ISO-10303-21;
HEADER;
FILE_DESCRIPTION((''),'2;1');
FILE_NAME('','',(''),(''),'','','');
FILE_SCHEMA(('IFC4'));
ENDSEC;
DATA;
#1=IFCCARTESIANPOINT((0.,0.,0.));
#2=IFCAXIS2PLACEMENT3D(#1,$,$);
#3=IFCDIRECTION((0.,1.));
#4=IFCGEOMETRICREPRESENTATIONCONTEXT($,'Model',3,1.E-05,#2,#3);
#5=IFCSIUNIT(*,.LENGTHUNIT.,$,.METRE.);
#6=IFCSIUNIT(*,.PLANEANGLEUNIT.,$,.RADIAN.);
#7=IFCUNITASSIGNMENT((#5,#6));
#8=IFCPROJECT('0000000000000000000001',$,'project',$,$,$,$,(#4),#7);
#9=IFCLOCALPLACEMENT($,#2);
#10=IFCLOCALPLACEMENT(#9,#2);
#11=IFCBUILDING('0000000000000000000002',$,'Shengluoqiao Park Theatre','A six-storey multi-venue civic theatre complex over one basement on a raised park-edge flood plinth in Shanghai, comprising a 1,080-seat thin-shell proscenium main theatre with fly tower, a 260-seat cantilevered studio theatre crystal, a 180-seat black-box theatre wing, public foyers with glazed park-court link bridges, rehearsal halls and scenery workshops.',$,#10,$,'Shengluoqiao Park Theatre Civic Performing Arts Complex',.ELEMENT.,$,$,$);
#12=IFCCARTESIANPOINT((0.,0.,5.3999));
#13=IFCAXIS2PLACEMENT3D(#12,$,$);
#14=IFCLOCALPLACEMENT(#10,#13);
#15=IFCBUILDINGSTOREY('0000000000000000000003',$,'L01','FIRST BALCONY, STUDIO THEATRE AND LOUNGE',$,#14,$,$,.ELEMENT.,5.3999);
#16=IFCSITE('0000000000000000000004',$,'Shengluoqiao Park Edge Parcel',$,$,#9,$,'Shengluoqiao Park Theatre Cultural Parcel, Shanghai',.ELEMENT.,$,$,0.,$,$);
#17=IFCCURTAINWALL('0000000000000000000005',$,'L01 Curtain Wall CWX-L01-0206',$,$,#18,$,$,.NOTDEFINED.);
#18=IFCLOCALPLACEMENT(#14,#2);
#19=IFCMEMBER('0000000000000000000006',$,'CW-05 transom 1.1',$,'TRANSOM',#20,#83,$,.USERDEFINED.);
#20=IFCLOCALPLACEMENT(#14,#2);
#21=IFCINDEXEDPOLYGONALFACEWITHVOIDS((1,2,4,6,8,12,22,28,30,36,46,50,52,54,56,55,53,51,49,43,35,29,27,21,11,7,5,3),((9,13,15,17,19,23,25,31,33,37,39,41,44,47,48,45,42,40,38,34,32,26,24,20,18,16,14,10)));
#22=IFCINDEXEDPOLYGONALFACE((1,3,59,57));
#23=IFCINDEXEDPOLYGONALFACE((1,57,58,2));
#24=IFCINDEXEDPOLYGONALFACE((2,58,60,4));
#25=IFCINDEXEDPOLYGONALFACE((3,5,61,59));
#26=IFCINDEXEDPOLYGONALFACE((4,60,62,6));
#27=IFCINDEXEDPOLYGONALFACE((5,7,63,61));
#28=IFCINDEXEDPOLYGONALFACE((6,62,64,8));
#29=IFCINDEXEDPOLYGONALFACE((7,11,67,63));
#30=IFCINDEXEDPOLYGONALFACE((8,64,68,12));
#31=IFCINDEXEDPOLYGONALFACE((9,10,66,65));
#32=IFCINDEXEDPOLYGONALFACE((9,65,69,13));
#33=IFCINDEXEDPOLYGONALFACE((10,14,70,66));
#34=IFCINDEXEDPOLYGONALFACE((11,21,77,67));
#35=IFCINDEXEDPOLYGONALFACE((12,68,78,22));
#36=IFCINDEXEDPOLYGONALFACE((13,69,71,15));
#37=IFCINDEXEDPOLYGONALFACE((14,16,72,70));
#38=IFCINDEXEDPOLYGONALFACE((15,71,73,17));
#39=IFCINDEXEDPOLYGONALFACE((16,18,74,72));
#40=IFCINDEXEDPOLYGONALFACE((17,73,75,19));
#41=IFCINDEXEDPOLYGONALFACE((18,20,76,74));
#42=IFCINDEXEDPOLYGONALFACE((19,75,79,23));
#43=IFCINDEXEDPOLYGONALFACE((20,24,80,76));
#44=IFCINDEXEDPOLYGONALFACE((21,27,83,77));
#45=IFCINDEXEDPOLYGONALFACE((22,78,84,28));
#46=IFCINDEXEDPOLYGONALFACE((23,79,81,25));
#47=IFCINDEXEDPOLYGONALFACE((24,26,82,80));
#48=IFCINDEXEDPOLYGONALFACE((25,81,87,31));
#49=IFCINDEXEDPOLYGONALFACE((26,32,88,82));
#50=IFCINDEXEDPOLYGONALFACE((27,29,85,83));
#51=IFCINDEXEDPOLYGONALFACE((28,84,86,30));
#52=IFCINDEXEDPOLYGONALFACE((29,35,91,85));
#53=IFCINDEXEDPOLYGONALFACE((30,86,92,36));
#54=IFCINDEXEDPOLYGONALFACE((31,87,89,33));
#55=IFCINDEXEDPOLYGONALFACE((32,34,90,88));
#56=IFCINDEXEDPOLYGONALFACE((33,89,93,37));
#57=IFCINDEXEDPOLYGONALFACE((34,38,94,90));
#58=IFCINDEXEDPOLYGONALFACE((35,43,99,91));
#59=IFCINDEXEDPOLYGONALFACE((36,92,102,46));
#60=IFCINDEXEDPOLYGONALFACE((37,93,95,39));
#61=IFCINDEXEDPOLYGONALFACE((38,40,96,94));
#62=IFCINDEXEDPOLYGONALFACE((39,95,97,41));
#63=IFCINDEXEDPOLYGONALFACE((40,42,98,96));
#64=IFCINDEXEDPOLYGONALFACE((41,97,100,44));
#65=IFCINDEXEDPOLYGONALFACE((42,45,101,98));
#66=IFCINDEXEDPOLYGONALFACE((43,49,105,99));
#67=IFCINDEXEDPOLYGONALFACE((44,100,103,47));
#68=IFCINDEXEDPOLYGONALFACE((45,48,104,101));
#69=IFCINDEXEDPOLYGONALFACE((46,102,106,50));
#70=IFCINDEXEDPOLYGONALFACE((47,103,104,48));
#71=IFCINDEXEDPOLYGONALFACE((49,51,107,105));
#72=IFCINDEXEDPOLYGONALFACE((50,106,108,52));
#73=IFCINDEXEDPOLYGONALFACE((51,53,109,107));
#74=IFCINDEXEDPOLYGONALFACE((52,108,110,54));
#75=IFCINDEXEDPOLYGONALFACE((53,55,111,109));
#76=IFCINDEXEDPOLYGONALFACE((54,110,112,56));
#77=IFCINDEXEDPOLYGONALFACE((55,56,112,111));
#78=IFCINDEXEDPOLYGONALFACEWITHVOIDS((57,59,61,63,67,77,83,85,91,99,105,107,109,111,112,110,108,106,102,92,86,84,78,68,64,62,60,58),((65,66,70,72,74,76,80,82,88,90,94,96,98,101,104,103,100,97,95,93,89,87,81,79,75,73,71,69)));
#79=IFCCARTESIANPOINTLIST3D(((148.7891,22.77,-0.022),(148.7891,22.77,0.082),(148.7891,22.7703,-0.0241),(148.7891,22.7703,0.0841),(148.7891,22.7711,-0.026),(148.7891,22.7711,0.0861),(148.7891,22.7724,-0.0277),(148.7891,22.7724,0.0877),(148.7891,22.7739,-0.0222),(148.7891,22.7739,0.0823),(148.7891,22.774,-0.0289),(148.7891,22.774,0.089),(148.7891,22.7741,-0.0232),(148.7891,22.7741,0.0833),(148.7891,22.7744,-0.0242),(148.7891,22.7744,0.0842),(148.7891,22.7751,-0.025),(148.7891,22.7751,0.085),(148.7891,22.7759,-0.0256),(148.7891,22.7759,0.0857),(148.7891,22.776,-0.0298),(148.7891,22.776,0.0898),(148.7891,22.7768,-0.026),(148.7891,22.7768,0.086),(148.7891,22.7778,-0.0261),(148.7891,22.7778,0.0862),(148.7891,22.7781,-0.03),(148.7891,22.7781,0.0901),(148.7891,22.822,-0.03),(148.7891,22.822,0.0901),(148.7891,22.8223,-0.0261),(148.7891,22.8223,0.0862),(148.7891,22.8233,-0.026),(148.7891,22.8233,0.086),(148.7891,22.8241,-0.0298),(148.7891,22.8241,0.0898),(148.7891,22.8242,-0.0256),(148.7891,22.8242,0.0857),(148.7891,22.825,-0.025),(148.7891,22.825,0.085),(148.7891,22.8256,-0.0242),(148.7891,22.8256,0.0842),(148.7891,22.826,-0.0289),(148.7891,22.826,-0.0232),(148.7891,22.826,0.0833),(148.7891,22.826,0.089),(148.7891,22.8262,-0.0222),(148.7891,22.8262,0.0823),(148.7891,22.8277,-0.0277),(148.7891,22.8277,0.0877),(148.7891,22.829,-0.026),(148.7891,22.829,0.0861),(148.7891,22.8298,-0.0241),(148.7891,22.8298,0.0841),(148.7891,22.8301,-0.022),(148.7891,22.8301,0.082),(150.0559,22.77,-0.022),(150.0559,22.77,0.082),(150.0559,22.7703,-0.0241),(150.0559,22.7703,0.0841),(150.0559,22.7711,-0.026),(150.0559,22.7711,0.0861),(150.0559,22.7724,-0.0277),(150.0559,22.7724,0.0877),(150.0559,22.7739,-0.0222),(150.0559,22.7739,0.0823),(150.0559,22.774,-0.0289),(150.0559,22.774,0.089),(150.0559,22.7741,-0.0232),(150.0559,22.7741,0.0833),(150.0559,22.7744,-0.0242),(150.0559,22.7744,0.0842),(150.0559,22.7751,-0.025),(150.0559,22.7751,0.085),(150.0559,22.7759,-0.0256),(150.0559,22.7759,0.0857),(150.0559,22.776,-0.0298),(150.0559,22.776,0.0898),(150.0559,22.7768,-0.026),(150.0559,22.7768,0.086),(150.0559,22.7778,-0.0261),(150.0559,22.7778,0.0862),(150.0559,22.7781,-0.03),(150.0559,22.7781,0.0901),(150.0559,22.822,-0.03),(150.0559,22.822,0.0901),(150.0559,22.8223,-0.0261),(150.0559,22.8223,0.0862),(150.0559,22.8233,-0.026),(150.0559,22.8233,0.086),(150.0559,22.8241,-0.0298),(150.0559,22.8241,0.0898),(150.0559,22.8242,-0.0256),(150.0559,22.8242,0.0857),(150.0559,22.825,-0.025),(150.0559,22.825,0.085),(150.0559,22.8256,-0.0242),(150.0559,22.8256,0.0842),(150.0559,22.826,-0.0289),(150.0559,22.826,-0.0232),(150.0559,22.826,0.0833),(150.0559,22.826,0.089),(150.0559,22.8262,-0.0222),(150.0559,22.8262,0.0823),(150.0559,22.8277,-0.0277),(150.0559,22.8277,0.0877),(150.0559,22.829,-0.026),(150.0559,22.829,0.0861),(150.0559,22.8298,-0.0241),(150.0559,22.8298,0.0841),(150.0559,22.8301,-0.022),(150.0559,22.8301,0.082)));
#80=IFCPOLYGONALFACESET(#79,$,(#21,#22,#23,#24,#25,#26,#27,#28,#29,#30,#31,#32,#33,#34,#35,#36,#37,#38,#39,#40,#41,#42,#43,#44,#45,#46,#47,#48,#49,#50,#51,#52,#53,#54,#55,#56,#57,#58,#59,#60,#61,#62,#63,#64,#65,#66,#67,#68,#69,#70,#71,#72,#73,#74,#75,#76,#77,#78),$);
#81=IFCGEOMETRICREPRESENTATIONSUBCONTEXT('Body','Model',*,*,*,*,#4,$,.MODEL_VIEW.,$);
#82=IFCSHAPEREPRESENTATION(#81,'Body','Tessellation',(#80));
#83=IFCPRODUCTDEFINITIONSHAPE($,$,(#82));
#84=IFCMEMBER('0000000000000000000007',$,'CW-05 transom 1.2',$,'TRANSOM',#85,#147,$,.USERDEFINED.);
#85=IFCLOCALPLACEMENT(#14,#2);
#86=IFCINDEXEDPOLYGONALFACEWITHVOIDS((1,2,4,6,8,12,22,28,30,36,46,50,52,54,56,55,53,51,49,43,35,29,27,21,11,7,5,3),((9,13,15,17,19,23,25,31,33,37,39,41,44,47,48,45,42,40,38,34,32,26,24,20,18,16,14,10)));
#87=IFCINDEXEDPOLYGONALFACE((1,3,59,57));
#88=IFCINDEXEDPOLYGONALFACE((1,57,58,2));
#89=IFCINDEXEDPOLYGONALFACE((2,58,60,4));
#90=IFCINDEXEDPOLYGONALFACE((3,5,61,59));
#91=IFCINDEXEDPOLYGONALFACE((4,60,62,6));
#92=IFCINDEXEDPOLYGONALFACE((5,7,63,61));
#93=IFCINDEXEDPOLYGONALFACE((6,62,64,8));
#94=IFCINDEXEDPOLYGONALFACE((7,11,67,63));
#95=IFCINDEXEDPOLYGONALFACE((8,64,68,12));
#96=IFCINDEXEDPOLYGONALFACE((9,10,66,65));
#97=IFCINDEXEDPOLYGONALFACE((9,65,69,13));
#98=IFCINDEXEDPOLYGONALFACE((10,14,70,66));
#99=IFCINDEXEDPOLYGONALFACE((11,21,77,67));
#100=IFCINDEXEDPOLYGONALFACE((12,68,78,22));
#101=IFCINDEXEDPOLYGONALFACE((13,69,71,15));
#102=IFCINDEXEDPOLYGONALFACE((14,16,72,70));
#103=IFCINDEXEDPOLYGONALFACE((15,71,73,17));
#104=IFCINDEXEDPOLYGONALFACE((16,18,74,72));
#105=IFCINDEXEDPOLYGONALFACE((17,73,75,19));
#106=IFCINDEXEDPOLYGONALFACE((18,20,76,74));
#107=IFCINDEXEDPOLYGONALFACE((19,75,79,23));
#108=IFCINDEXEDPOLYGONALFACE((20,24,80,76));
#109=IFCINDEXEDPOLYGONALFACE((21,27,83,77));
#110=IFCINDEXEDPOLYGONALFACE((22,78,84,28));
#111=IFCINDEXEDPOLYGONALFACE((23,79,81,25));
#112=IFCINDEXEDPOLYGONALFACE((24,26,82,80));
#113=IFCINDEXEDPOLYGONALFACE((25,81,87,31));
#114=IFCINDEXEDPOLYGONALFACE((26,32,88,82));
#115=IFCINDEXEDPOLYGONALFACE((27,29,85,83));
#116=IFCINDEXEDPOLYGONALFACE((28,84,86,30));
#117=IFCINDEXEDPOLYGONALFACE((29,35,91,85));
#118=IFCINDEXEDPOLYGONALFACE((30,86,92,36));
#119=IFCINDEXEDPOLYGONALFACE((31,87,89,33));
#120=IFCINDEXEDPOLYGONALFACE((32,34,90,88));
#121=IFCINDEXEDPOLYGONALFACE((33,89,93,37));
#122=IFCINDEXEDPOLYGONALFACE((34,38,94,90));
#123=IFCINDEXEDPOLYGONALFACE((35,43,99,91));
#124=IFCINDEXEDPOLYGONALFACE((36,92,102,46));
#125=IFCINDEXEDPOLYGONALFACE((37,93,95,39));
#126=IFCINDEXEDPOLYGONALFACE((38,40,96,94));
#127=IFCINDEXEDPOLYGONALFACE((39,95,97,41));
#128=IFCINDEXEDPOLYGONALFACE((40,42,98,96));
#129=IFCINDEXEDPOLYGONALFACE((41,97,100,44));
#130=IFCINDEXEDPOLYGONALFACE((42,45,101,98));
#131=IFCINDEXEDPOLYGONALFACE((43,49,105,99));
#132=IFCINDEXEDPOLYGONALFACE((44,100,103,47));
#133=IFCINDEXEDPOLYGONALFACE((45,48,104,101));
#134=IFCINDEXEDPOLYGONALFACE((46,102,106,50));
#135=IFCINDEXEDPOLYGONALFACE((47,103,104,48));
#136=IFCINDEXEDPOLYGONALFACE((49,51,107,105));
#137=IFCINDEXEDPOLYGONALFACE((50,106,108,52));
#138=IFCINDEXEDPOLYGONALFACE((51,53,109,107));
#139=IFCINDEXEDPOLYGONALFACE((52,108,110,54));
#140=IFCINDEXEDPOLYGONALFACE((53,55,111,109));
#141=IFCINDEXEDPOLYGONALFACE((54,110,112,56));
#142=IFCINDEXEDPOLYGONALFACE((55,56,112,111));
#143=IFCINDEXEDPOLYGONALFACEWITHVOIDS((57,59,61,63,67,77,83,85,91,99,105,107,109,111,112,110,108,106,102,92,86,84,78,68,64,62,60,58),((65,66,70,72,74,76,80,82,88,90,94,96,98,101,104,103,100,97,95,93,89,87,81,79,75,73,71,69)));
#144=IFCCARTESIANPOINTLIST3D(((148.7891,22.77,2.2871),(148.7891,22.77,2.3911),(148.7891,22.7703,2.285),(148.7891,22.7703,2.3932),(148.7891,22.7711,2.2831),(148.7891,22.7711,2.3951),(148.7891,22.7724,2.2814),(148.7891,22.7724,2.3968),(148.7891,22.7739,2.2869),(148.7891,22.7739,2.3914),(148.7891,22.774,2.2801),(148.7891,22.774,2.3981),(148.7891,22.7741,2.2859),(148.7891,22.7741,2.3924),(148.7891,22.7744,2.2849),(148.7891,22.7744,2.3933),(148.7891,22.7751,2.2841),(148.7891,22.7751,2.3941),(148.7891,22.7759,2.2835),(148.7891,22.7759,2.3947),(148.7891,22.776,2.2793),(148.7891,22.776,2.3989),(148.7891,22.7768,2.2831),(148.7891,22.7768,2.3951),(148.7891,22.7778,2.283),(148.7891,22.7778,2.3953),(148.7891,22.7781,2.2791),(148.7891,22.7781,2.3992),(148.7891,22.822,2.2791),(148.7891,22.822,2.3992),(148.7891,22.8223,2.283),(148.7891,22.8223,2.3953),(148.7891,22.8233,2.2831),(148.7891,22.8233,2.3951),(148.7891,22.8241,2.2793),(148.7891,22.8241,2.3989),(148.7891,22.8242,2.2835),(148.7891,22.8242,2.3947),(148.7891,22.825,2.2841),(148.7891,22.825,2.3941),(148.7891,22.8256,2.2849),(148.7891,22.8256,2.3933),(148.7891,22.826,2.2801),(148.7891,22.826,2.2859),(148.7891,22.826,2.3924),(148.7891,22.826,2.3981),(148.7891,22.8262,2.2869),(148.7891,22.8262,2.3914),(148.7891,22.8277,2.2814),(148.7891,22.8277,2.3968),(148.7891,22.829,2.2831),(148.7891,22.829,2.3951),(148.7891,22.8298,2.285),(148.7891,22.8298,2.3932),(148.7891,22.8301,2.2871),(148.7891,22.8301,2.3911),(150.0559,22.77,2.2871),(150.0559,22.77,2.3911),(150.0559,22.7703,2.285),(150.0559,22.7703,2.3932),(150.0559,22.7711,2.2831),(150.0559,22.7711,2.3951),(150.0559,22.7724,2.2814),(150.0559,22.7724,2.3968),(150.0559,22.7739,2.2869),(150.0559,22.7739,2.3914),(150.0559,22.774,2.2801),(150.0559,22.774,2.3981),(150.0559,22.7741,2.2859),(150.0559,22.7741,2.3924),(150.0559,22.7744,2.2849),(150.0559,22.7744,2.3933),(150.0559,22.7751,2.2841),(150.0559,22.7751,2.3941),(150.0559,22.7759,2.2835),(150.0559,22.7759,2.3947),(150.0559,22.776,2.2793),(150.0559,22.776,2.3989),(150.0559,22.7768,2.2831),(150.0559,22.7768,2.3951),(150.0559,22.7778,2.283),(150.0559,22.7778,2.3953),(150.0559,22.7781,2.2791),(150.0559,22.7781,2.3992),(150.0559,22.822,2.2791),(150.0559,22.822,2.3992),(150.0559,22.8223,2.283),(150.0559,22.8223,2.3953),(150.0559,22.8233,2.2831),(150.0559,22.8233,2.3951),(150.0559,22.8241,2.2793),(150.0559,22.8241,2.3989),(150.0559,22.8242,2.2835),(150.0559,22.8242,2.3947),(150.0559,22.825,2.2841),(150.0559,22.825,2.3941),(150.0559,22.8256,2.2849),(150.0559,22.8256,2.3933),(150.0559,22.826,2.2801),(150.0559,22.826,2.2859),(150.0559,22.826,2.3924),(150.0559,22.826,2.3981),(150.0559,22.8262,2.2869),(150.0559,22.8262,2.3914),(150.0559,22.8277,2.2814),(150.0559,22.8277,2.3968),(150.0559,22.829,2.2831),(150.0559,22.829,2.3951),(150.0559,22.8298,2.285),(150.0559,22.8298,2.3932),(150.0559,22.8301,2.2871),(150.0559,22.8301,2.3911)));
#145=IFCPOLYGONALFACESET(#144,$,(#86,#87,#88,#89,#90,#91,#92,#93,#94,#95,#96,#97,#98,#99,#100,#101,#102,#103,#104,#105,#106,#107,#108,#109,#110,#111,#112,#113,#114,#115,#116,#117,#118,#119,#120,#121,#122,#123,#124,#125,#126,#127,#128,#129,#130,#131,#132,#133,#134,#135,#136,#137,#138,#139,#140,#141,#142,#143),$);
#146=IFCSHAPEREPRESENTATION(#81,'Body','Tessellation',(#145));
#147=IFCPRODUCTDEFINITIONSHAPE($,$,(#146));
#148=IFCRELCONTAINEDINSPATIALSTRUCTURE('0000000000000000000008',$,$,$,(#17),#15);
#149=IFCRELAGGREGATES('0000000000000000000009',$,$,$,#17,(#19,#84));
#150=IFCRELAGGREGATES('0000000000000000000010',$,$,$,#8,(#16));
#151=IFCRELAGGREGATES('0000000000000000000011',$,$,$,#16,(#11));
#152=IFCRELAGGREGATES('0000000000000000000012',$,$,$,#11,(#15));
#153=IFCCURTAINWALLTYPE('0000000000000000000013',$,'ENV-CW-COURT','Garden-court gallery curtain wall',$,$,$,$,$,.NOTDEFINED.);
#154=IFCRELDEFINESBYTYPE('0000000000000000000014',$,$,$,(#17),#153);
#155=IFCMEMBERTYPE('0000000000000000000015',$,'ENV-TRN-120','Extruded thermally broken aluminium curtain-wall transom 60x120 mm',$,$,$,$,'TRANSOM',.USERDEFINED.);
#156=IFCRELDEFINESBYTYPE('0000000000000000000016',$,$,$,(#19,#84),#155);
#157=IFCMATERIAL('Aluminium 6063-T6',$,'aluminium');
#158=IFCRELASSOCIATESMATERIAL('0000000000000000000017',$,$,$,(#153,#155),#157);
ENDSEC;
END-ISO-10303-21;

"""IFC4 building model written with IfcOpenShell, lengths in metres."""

from ifc_helpers import new_model, si_unit, direction, frame, origin, origin_2d, place, context, subcontext, project, spatial, hollow_rectangle, extrude, material, material_profile, profile_set, type_object, element, aggregate, save


model = new_model("IFC4")

# Units and contexts
model_context = context("Model", 3, precision=1e-05, world=origin(), true_north=direction((0.0, 1.0)))
body_context = subcontext(model_context, "Body", "Model", "MODEL_VIEW")
ifc_project = project(units=[si_unit("LENGTHUNIT", "METRE"), si_unit("PLANEANGLEUNIT", "RADIAN")], contexts=[model_context])

# Site, building, storey
site_placement = place(None, origin())
site = spatial("IfcSite", under=ifc_project, at=site_placement, Name="Shengluoqiao Park Edge Parcel", LongName="Shengluoqiao Park Theatre Cultural Parcel, Shanghai", CompositionType="ELEMENT", RefElevation=0.0)
building_placement = place(site_placement, origin())
building = spatial("IfcBuilding", under=site, at=building_placement, Name="Shengluoqiao Park Theatre", Description="A six-storey multi-venue civic theatre complex over one basement on a raised park-edge flood plinth in Shanghai, comprising a 1,080-seat thin-shell proscenium main theatre with fly tower, a 260-seat cantilevered studio theatre crystal, a 180-seat black-box theatre wing, public foyers with glazed park-court link bridges, rehearsal halls and scenery workshops.", LongName="Shengluoqiao Park Theatre Civic Performing Arts Complex", CompositionType="ELEMENT")
storey_placement = place(building_placement, frame((0.0, 0.0, 5.3999)))
storey = spatial("IfcBuildingStorey", under=building, at=storey_placement, Name="L01", Description="FIRST BALCONY, STUDIO THEATRE AND LOUNGE", CompositionType="ELEMENT", Elevation=5.3999)

# Shared definitions
ifc_material_1 = material(Name="Aluminium 6063-T6", Category="aluminium")
curtain_wall_type = type_object("IfcCurtainWallType", Name="ENV-CW-COURT", Description="Garden-court gallery curtain wall", PredefinedType="NOTDEFINED", material=ifc_material_1)

# Curtain wall, members
curtain_wall_1_placement = place(storey_placement, origin())
curtain_wall_1 = element("IfcCurtainWall", 1, at=curtain_wall_1_placement, inside=storey, type_object=curtain_wall_type, Name="L01 Curtain Wall CWX-L01-0206", PredefinedType="NOTDEFINED")
ifc_material_profile_1 = material_profile(ifc_material_1, hollow_rectangle(XDim=0.0601, YDim=0.1201, WallThickness=0.0039, InnerFilletRadius=0.0039, OuterFilletRadius=0.0081, at=origin_2d()), Name="ALU TRANSOM 120x60x4")
ifc_profile_set_1 = profile_set([ifc_material_profile_1], Name="Aluminium 6063-T6")
member_type_1 = type_object("IfcMemberType", Name="ENV-TRN-120", Description="Extruded thermally broken aluminium curtain-wall transom 60x120 mm", ElementType="TRANSOM", PredefinedType="USERDEFINED", material=ifc_profile_set_1)
member_1_placement = place(storey_placement, frame((148.7891, 22.8, 0.03), z_axis=(1.0, 0.0, 0.0), x_axis=(0.0, 1.0, 0.0)))
member_1 = element("IfcMember", 2, at=member_1_placement, type_object=member_type_1, Name="CW-05 transom 1.1", ObjectType="TRANSOM", PredefinedType="USERDEFINED", context=body_context, shape_type="SweptSolid", body=[
    extrude(hollow_rectangle(XDim=0.0601, YDim=0.1201, WallThickness=0.0039, InnerFilletRadius=0.0039, OuterFilletRadius=0.0081, at=origin_2d()), origin(), (0.0, 0.0, 1.0), 1.2668),
])
member_2_placement = place(storey_placement, frame((148.7891, 22.8, 2.3391), z_axis=(1.0, 0.0, 0.0), x_axis=(0.0, 1.0, 0.0)))
member_2 = element("IfcMember", 3, at=member_2_placement, type_object=member_type_1, Name="CW-05 transom 1.2", ObjectType="TRANSOM", PredefinedType="USERDEFINED", context=body_context, shape_type="SweptSolid", body=[
    extrude(hollow_rectangle(XDim=0.0601, YDim=0.1201, WallThickness=0.0039, InnerFilletRadius=0.0039, OuterFilletRadius=0.0081, at=origin_2d()), origin(), (0.0, 0.0, 1.0), 1.2668),
])

aggregate(curtain_wall_1, [member_1, member_2])

save(model, "model.ifc")
